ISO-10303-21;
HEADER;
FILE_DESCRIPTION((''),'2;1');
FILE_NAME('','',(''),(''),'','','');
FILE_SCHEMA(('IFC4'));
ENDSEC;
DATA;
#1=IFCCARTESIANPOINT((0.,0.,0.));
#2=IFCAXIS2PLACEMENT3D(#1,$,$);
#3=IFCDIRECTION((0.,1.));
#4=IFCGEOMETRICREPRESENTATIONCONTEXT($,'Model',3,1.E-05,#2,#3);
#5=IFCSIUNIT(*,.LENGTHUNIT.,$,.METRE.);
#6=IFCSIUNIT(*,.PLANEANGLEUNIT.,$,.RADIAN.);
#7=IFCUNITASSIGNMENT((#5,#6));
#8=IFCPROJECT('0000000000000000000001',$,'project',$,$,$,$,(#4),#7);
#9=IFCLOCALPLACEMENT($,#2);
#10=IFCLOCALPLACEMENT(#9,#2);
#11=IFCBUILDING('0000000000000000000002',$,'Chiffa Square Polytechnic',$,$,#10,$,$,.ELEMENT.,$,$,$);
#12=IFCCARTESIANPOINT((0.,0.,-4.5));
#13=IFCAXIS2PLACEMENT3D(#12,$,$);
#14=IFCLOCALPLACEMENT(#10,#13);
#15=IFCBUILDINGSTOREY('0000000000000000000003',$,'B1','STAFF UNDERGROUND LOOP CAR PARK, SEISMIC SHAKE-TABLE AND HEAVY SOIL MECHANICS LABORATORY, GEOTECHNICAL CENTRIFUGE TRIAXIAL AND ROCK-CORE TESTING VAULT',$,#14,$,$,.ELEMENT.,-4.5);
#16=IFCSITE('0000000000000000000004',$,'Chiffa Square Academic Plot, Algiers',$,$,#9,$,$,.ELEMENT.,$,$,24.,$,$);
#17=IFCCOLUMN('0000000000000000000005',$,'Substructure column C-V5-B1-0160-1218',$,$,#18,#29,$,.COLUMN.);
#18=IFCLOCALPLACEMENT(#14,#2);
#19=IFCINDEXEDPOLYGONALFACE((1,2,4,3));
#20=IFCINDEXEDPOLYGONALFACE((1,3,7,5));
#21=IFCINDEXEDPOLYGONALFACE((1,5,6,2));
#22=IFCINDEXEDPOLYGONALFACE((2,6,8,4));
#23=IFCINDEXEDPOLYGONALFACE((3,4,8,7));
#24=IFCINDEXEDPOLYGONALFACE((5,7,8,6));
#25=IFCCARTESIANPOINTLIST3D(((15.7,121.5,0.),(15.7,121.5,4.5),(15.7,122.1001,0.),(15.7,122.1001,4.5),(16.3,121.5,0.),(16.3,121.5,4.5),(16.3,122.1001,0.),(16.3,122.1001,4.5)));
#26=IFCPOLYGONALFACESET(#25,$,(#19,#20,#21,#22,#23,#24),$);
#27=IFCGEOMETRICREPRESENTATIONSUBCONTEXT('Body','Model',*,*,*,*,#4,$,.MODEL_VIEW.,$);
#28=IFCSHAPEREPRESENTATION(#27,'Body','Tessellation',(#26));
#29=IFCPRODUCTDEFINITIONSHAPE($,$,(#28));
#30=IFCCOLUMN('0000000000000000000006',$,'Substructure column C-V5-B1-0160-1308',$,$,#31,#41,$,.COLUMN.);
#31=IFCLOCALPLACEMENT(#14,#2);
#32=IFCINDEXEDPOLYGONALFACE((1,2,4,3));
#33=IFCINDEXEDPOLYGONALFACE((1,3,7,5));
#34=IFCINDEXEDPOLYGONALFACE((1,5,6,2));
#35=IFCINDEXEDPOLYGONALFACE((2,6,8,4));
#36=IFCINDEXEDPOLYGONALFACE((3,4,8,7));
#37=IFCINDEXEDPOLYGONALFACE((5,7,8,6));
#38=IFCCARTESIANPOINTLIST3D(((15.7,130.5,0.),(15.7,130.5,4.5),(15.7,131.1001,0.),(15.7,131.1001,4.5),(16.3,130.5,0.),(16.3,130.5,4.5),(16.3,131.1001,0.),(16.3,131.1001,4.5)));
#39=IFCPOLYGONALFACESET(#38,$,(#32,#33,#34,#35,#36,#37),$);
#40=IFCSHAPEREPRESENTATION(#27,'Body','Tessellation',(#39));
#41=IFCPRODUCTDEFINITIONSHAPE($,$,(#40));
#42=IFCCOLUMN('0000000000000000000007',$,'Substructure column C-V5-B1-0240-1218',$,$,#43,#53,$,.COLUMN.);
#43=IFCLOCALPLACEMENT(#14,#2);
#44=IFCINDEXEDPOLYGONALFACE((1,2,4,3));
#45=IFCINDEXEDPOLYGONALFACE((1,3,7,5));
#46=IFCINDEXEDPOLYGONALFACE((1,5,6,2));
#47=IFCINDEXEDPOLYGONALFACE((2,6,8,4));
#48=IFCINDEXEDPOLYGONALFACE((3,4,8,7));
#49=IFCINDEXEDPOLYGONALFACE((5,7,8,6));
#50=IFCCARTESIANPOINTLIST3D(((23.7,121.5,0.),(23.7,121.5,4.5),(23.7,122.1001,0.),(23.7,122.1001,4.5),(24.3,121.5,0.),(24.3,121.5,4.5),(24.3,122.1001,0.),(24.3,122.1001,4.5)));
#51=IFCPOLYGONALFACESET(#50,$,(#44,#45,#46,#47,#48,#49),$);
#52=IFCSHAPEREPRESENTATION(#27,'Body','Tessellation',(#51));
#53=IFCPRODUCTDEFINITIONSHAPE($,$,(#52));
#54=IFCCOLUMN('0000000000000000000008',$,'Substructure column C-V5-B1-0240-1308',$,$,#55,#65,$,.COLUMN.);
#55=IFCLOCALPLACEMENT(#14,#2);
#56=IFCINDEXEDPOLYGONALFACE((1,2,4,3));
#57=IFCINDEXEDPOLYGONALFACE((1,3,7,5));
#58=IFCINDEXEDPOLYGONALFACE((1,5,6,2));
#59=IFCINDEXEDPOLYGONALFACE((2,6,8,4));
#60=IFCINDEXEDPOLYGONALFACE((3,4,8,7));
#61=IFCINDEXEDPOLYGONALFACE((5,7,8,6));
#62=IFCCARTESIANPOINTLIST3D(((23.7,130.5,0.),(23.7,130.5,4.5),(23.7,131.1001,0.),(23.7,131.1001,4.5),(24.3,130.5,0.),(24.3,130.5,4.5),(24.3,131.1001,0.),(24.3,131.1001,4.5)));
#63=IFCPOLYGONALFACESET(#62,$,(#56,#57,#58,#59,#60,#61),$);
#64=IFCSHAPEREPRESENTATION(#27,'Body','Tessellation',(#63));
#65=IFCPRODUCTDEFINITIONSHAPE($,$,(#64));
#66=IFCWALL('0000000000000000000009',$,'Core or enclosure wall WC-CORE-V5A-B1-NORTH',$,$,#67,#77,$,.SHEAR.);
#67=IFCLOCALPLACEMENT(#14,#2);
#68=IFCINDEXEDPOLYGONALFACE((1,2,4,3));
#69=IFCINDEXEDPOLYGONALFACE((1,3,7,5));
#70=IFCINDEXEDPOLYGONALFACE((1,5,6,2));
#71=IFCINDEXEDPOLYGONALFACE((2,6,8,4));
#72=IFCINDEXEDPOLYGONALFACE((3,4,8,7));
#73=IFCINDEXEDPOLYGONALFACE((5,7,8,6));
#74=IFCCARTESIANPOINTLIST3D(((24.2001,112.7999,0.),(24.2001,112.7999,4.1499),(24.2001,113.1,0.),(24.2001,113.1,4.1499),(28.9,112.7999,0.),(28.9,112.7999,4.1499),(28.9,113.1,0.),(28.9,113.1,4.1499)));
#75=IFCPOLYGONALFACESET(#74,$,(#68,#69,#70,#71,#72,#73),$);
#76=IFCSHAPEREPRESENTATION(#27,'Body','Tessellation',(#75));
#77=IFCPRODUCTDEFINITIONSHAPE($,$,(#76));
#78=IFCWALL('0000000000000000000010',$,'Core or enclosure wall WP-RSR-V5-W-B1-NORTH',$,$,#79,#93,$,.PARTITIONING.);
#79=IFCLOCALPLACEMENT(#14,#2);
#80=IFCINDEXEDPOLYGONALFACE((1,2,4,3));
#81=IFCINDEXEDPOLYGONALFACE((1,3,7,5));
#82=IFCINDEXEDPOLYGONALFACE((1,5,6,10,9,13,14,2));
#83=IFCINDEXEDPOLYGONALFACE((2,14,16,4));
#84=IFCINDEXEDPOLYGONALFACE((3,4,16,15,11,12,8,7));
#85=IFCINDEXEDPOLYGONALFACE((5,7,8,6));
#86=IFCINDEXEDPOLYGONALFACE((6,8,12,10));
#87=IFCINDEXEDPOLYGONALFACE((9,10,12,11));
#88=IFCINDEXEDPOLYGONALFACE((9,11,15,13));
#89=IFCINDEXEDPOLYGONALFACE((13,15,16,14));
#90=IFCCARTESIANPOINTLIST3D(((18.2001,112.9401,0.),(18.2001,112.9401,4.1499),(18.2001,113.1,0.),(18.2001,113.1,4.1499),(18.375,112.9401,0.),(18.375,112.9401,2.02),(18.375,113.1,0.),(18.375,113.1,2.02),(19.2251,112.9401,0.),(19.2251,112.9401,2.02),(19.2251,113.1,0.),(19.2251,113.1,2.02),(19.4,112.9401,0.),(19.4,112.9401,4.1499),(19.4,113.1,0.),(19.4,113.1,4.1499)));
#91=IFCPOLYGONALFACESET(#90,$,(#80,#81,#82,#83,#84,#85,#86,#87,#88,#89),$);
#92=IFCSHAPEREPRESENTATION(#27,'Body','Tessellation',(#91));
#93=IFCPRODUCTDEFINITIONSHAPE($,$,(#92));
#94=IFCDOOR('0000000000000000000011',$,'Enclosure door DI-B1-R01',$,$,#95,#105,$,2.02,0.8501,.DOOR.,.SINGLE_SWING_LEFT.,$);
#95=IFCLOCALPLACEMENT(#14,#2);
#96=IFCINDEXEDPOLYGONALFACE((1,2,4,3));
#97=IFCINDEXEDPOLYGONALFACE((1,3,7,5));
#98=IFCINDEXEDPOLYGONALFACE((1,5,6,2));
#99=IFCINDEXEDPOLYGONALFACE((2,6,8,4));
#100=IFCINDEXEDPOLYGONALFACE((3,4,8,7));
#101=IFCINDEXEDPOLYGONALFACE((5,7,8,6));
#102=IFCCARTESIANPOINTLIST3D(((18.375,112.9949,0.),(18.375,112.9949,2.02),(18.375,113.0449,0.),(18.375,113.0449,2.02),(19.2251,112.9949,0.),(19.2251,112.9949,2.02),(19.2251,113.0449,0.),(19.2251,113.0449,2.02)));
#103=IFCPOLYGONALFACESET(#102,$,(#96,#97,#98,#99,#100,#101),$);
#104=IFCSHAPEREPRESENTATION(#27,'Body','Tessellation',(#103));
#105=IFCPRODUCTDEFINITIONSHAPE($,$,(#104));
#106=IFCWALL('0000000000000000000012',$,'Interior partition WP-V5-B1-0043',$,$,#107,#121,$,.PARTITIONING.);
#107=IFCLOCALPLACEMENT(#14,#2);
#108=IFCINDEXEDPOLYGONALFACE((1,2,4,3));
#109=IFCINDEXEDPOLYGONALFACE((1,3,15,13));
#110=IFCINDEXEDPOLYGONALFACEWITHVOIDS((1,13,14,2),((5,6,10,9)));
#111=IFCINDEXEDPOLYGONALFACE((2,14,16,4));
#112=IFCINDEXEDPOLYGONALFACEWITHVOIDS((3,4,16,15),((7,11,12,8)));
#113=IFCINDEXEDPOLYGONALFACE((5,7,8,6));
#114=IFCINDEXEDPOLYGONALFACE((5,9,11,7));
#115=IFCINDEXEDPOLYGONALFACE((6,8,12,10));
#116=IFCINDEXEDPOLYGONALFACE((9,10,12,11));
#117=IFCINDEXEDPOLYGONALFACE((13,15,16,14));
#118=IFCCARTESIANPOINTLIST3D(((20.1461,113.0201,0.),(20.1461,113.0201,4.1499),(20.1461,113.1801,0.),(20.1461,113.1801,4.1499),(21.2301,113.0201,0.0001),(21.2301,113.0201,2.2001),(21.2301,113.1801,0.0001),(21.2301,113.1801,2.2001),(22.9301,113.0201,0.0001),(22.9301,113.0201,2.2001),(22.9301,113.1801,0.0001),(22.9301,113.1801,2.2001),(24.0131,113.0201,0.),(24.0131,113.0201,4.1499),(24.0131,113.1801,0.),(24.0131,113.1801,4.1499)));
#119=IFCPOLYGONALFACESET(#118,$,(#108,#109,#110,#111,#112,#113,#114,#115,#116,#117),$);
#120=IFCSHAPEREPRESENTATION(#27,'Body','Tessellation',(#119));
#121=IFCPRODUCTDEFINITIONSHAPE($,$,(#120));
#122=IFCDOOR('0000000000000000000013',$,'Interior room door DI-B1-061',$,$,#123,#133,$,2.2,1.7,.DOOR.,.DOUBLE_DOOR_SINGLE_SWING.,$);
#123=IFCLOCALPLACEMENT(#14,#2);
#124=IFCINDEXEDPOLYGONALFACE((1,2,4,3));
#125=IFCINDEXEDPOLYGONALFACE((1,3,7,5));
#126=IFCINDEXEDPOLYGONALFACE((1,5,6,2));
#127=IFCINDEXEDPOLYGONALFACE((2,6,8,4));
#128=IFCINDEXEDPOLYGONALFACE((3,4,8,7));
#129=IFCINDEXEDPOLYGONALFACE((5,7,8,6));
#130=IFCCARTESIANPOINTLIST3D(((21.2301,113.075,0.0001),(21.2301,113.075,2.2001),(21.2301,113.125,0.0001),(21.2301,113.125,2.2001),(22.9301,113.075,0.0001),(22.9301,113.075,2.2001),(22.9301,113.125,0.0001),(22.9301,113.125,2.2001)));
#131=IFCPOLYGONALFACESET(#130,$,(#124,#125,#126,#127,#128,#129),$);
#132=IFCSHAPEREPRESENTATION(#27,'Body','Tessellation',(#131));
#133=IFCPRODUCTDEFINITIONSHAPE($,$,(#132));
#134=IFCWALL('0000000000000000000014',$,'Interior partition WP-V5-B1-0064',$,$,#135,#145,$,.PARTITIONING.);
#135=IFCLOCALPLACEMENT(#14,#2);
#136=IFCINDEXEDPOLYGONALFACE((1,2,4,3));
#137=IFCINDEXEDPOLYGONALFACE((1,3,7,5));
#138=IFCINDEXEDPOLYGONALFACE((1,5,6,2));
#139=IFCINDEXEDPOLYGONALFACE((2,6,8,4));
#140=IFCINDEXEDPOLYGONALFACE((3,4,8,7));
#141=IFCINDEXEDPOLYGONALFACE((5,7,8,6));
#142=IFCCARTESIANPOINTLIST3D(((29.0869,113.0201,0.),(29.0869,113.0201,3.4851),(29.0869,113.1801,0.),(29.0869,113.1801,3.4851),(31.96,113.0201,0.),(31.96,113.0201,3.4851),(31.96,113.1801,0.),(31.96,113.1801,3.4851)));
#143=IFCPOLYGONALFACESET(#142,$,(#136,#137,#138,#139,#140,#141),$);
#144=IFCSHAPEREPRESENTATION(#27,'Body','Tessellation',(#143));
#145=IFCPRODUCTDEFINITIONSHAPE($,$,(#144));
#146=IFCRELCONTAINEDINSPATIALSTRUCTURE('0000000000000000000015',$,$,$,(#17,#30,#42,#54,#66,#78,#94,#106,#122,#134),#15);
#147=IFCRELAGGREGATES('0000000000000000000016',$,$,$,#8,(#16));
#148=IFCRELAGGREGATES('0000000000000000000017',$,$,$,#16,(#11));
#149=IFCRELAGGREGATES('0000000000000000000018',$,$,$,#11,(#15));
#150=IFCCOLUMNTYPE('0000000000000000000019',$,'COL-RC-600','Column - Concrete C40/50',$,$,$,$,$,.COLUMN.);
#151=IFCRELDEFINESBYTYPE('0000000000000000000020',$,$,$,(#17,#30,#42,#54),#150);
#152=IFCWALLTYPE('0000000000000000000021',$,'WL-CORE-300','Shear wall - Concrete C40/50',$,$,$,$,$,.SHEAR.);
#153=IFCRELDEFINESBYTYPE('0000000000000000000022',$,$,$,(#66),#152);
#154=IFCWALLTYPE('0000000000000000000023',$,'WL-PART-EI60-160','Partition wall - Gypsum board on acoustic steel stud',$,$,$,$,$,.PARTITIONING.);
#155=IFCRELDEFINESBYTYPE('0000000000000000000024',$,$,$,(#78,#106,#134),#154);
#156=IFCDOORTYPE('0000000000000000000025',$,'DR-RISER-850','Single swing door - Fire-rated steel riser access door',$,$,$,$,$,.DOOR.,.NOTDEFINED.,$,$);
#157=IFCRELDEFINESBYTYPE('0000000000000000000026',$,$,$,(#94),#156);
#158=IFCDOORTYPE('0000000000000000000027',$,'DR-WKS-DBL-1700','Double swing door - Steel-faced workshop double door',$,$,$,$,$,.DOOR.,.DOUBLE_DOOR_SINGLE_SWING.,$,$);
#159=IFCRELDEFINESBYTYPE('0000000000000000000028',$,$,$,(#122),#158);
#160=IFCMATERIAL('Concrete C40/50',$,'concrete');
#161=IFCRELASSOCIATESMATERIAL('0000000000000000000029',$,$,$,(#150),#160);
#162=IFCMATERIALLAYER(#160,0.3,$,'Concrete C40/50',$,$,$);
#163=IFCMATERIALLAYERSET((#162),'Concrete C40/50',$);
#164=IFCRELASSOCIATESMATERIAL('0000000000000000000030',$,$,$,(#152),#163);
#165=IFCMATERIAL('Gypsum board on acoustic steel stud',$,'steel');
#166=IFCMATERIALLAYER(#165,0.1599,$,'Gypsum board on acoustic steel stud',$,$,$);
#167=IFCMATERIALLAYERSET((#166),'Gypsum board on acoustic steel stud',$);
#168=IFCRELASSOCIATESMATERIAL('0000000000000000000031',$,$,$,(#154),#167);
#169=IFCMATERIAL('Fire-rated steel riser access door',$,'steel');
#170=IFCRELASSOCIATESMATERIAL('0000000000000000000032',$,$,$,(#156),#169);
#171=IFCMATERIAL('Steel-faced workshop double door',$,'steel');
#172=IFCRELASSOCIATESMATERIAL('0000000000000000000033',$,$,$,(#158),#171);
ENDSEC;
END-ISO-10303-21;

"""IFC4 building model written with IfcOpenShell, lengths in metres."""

from ifc_helpers import new_model, si_unit, direction, frame, frame_2d, origin, origin_2d, place, context, subcontext, project, spatial, rectangle, extrude, material, layer, layer_set, material_profile, profile_set, type_object, element, fill, save


model = new_model("IFC4")

# Units and contexts
model_context = context("Model", 3, precision=1e-05, world=origin(), true_north=direction((0.0, 1.0)))
body_context = subcontext(model_context, "Body", "Model", "MODEL_VIEW")
ifc_project = project(units=[si_unit("LENGTHUNIT", "METRE"), si_unit("PLANEANGLEUNIT", "RADIAN")], contexts=[model_context])

# Site, building, storey
site_placement = place(None, origin())
site = spatial("IfcSite", under=ifc_project, at=site_placement, Name="Chiffa Square Academic Plot, Algiers", CompositionType="ELEMENT", RefElevation=24.0)
building_placement = place(site_placement, origin())
building = spatial("IfcBuilding", under=site, at=building_placement, Name="Chiffa Square Polytechnic", CompositionType="ELEMENT")
storey_placement = place(building_placement, frame((0.0, 0.0, -4.5)))
storey = spatial("IfcBuildingStorey", under=building, at=storey_placement, Name="B1", Description="STAFF UNDERGROUND LOOP CAR PARK, SEISMIC SHAKE-TABLE AND HEAVY SOIL MECHANICS LABORATORY, GEOTECHNICAL CENTRIFUGE TRIAXIAL AND ROCK-CORE TESTING VAULT", CompositionType="ELEMENT", Elevation=-4.5)

# Columns
ifc_material_1 = material(Name="Concrete C40/50", Category="concrete")
ifc_material_profile_1 = material_profile(ifc_material_1, rectangle(XDim=0.6001, YDim=0.6001, at=origin_2d()), Name="RC 600x600")
ifc_profile_set_1 = profile_set([ifc_material_profile_1], Name="Concrete C40/50")
column_type_1 = type_object("IfcColumnType", Name="COL-RC-600", Description="Column - Concrete C40/50", PredefinedType="COLUMN", material=ifc_profile_set_1)
for number, where, z_axis, x_axis, name in (
    (1, (16.0, 121.8, 0.0), (0.0, 0.0, 1.0), (1.0, 0.0, 0.0), "Substructure column C-V5-B1-0160-1218"),
    (2, (16.0, 130.8, 0.0), (0.0, 0.0, 1.0), (1.0, 0.0, 0.0), "Substructure column C-V5-B1-0160-1308"),
    (3, (24.0, 121.8, 0.0), (0.0, 0.0, 1.0), (1.0, 0.0, 0.0), "Substructure column C-V5-B1-0240-1218"),
    (4, (24.0, 130.8, 0.0), (0.0, 0.0, 1.0), (1.0, 0.0, 0.0), "Substructure column C-V5-B1-0240-1308"),
):
    element("IfcColumn", number, at=place(storey_placement, frame(where, z_axis=z_axis, x_axis=x_axis)), inside=storey, type_object=column_type_1, Name=name, PredefinedType="COLUMN", context=body_context, shape_type="SweptSolid", body=[
        extrude(rectangle(XDim=0.6001, YDim=0.6001, at=origin_2d()), origin(), (0.0, 0.0, 1.0), 4.5),
    ])

# Wall
ifc_layer_1 = layer(ifc_material_1, 0.3, Name="Concrete C40/50")
ifc_layer_set_1 = layer_set([ifc_layer_1], Name="Concrete C40/50")
wall_type_1 = type_object("IfcWallType", Name="WL-CORE-300", Description="Shear wall - Concrete C40/50", PredefinedType="SHEAR", material=ifc_layer_set_1)
wall_1_placement = place(storey_placement, frame((24.2, 112.95, 0.0), z_axis=(0.0, 0.0, 1.0), x_axis=(1.0, 0.0, 0.0)))
element("IfcWall", 5, at=wall_1_placement, inside=storey, type_object=wall_type_1, Name="Core or enclosure wall WC-CORE-V5A-B1-NORTH", PredefinedType="SHEAR", context=body_context, shape_type="SweptSolid", body=[
    extrude(rectangle(XDim=4.7, YDim=0.3, at=frame_2d((2.3501, 0.0))), origin(), (0.0, 0.0, 1.0), 4.1499),
])

# Walls, openings, doors
ifc_material_2 = material(Name="Gypsum board on acoustic steel stud", Category="steel")
ifc_layer_2 = layer(ifc_material_2, 0.1599, Name="Gypsum board on acoustic steel stud")
ifc_layer_set_2 = layer_set([ifc_layer_2], Name="Gypsum board on acoustic steel stud")
wall_type_2 = type_object("IfcWallType", Name="WL-PART-EI60-160", Description="Partition wall - Gypsum board on acoustic steel stud", PredefinedType="PARTITIONING", material=ifc_layer_set_2)
wall_2_placement = place(storey_placement, frame((18.2, 113.02, 0.0), z_axis=(0.0, 0.0, 1.0), x_axis=(1.0, 0.0, 0.0)))
wall_2 = element("IfcWall", 6, at=wall_2_placement, inside=storey, type_object=wall_type_2, Name="Core or enclosure wall WP-RSR-V5-W-B1-NORTH", PredefinedType="PARTITIONING", context=body_context, shape_type="SweptSolid", body=[
    extrude(rectangle(XDim=1.2, YDim=0.1599, at=frame_2d((0.6001, 0.0))), origin(), (0.0, 0.0, 1.0), 4.1499),
])
opening_1_placement = place(wall_2_placement, frame((0.175, 0.0, 0.0)))
opening_1 = element("IfcOpeningElement", 7, at=opening_1_placement, cuts=wall_2, PredefinedType="OPENING", context=body_context, shape_type="SweptSolid", body=[
    extrude(rectangle(XDim=0.8501, YDim=2.02, at=frame_2d((0.425, 1.01))), frame((0.0, 0.0898, 0.0), z_axis=(0.0, -1.0, 0.0), x_axis=(1.0, 0.0, 0.0)), (0.0, 0.0, 1.0), 0.1799),
])
ifc_material_3 = material(Name="Fire-rated steel riser access door", Category="steel")
door_type_1 = type_object("IfcDoorType", Name="DR-RISER-850", Description="Single swing door - Fire-rated steel riser access door", OperationType="NOTDEFINED", PredefinedType="DOOR", material=ifc_material_3)
door_1_placement = place(opening_1_placement, origin())
door_1 = element("IfcDoor", 8, at=door_1_placement, inside=storey, type_object=door_type_1, Name="Enclosure door DI-B1-R01", OperationType="SINGLE_SWING_LEFT", OverallHeight=2.02, OverallWidth=0.8501, PredefinedType="DOOR", context=body_context, shape_type="SweptSolid", body=[
    extrude(rectangle(XDim=0.8501, YDim=2.02, at=frame_2d((0.425, 1.01))), frame((0.0, 0.0249, 0.0), z_axis=(0.0, -1.0, 0.0), x_axis=(1.0, 0.0, 0.0)), (0.0, 0.0, 1.0), 0.05),
])
fill(opening_1, door_1)
wall_3_placement = place(storey_placement, frame((20.146, 113.1001, 0.0), z_axis=(0.0, 0.0, 1.0), x_axis=(1.0, 0.0, 0.0)))
wall_3 = element("IfcWall", 9, at=wall_3_placement, inside=storey, type_object=wall_type_2, Name="Interior partition WP-V5-B1-0043", PredefinedType="PARTITIONING", context=body_context, shape_type="SweptSolid", body=[
    extrude(rectangle(XDim=3.8669, YDim=0.1599, at=frame_2d((1.9336, 0.0))), origin(), (0.0, 0.0, 1.0), 4.1499),
])
opening_2_placement = place(wall_3_placement, frame((1.084, 0.0, 0.0)))
opening_2 = element("IfcOpeningElement", 10, at=opening_2_placement, cuts=wall_3, PredefinedType="OPENING", context=body_context, shape_type="SweptSolid", body=[
    extrude(rectangle(XDim=1.7, YDim=2.2, at=frame_2d((0.8501, 1.1001))), frame((0.0, 0.0898, 0.0), z_axis=(0.0, -1.0, 0.0), x_axis=(1.0, 0.0, 0.0)), (0.0, 0.0, 1.0), 0.1799),
])
ifc_material_4 = material(Name="Steel-faced workshop double door", Category="steel")
door_type_2 = type_object("IfcDoorType", Name="DR-WKS-DBL-1700", Description="Double swing door - Steel-faced workshop double door", OperationType="DOUBLE_DOOR_SINGLE_SWING", PredefinedType="DOOR", material=ifc_material_4)
door_2_placement = place(opening_2_placement, origin())
door_2 = element("IfcDoor", 11, at=door_2_placement, inside=storey, type_object=door_type_2, Name="Interior room door DI-B1-061", OperationType="DOUBLE_DOOR_SINGLE_SWING", OverallHeight=2.2, OverallWidth=1.7, PredefinedType="DOOR", context=body_context, shape_type="SweptSolid", body=[
    extrude(rectangle(XDim=1.7, YDim=2.2, at=frame_2d((0.8501, 1.1001))), frame((0.0, 0.0249, 0.0), z_axis=(0.0, -1.0, 0.0), x_axis=(1.0, 0.0, 0.0)), (0.0, 0.0, 1.0), 0.05),
])
fill(opening_2, door_2)

# Wall
wall_4_placement = place(storey_placement, frame((29.0869, 113.1001, 0.0), z_axis=(0.0, 0.0, 1.0), x_axis=(1.0, 0.0, 0.0)))
element("IfcWall", 12, at=wall_4_placement, inside=storey, type_object=wall_type_2, Name="Interior partition WP-V5-B1-0064", PredefinedType="PARTITIONING", context=body_context, shape_type="SweptSolid", body=[
    extrude(rectangle(XDim=2.873, YDim=0.1599, at=frame_2d((1.4365, 0.0))), origin(), (0.0, 0.0, 1.0), 3.4851),
])

save(model, "model.ifc")
